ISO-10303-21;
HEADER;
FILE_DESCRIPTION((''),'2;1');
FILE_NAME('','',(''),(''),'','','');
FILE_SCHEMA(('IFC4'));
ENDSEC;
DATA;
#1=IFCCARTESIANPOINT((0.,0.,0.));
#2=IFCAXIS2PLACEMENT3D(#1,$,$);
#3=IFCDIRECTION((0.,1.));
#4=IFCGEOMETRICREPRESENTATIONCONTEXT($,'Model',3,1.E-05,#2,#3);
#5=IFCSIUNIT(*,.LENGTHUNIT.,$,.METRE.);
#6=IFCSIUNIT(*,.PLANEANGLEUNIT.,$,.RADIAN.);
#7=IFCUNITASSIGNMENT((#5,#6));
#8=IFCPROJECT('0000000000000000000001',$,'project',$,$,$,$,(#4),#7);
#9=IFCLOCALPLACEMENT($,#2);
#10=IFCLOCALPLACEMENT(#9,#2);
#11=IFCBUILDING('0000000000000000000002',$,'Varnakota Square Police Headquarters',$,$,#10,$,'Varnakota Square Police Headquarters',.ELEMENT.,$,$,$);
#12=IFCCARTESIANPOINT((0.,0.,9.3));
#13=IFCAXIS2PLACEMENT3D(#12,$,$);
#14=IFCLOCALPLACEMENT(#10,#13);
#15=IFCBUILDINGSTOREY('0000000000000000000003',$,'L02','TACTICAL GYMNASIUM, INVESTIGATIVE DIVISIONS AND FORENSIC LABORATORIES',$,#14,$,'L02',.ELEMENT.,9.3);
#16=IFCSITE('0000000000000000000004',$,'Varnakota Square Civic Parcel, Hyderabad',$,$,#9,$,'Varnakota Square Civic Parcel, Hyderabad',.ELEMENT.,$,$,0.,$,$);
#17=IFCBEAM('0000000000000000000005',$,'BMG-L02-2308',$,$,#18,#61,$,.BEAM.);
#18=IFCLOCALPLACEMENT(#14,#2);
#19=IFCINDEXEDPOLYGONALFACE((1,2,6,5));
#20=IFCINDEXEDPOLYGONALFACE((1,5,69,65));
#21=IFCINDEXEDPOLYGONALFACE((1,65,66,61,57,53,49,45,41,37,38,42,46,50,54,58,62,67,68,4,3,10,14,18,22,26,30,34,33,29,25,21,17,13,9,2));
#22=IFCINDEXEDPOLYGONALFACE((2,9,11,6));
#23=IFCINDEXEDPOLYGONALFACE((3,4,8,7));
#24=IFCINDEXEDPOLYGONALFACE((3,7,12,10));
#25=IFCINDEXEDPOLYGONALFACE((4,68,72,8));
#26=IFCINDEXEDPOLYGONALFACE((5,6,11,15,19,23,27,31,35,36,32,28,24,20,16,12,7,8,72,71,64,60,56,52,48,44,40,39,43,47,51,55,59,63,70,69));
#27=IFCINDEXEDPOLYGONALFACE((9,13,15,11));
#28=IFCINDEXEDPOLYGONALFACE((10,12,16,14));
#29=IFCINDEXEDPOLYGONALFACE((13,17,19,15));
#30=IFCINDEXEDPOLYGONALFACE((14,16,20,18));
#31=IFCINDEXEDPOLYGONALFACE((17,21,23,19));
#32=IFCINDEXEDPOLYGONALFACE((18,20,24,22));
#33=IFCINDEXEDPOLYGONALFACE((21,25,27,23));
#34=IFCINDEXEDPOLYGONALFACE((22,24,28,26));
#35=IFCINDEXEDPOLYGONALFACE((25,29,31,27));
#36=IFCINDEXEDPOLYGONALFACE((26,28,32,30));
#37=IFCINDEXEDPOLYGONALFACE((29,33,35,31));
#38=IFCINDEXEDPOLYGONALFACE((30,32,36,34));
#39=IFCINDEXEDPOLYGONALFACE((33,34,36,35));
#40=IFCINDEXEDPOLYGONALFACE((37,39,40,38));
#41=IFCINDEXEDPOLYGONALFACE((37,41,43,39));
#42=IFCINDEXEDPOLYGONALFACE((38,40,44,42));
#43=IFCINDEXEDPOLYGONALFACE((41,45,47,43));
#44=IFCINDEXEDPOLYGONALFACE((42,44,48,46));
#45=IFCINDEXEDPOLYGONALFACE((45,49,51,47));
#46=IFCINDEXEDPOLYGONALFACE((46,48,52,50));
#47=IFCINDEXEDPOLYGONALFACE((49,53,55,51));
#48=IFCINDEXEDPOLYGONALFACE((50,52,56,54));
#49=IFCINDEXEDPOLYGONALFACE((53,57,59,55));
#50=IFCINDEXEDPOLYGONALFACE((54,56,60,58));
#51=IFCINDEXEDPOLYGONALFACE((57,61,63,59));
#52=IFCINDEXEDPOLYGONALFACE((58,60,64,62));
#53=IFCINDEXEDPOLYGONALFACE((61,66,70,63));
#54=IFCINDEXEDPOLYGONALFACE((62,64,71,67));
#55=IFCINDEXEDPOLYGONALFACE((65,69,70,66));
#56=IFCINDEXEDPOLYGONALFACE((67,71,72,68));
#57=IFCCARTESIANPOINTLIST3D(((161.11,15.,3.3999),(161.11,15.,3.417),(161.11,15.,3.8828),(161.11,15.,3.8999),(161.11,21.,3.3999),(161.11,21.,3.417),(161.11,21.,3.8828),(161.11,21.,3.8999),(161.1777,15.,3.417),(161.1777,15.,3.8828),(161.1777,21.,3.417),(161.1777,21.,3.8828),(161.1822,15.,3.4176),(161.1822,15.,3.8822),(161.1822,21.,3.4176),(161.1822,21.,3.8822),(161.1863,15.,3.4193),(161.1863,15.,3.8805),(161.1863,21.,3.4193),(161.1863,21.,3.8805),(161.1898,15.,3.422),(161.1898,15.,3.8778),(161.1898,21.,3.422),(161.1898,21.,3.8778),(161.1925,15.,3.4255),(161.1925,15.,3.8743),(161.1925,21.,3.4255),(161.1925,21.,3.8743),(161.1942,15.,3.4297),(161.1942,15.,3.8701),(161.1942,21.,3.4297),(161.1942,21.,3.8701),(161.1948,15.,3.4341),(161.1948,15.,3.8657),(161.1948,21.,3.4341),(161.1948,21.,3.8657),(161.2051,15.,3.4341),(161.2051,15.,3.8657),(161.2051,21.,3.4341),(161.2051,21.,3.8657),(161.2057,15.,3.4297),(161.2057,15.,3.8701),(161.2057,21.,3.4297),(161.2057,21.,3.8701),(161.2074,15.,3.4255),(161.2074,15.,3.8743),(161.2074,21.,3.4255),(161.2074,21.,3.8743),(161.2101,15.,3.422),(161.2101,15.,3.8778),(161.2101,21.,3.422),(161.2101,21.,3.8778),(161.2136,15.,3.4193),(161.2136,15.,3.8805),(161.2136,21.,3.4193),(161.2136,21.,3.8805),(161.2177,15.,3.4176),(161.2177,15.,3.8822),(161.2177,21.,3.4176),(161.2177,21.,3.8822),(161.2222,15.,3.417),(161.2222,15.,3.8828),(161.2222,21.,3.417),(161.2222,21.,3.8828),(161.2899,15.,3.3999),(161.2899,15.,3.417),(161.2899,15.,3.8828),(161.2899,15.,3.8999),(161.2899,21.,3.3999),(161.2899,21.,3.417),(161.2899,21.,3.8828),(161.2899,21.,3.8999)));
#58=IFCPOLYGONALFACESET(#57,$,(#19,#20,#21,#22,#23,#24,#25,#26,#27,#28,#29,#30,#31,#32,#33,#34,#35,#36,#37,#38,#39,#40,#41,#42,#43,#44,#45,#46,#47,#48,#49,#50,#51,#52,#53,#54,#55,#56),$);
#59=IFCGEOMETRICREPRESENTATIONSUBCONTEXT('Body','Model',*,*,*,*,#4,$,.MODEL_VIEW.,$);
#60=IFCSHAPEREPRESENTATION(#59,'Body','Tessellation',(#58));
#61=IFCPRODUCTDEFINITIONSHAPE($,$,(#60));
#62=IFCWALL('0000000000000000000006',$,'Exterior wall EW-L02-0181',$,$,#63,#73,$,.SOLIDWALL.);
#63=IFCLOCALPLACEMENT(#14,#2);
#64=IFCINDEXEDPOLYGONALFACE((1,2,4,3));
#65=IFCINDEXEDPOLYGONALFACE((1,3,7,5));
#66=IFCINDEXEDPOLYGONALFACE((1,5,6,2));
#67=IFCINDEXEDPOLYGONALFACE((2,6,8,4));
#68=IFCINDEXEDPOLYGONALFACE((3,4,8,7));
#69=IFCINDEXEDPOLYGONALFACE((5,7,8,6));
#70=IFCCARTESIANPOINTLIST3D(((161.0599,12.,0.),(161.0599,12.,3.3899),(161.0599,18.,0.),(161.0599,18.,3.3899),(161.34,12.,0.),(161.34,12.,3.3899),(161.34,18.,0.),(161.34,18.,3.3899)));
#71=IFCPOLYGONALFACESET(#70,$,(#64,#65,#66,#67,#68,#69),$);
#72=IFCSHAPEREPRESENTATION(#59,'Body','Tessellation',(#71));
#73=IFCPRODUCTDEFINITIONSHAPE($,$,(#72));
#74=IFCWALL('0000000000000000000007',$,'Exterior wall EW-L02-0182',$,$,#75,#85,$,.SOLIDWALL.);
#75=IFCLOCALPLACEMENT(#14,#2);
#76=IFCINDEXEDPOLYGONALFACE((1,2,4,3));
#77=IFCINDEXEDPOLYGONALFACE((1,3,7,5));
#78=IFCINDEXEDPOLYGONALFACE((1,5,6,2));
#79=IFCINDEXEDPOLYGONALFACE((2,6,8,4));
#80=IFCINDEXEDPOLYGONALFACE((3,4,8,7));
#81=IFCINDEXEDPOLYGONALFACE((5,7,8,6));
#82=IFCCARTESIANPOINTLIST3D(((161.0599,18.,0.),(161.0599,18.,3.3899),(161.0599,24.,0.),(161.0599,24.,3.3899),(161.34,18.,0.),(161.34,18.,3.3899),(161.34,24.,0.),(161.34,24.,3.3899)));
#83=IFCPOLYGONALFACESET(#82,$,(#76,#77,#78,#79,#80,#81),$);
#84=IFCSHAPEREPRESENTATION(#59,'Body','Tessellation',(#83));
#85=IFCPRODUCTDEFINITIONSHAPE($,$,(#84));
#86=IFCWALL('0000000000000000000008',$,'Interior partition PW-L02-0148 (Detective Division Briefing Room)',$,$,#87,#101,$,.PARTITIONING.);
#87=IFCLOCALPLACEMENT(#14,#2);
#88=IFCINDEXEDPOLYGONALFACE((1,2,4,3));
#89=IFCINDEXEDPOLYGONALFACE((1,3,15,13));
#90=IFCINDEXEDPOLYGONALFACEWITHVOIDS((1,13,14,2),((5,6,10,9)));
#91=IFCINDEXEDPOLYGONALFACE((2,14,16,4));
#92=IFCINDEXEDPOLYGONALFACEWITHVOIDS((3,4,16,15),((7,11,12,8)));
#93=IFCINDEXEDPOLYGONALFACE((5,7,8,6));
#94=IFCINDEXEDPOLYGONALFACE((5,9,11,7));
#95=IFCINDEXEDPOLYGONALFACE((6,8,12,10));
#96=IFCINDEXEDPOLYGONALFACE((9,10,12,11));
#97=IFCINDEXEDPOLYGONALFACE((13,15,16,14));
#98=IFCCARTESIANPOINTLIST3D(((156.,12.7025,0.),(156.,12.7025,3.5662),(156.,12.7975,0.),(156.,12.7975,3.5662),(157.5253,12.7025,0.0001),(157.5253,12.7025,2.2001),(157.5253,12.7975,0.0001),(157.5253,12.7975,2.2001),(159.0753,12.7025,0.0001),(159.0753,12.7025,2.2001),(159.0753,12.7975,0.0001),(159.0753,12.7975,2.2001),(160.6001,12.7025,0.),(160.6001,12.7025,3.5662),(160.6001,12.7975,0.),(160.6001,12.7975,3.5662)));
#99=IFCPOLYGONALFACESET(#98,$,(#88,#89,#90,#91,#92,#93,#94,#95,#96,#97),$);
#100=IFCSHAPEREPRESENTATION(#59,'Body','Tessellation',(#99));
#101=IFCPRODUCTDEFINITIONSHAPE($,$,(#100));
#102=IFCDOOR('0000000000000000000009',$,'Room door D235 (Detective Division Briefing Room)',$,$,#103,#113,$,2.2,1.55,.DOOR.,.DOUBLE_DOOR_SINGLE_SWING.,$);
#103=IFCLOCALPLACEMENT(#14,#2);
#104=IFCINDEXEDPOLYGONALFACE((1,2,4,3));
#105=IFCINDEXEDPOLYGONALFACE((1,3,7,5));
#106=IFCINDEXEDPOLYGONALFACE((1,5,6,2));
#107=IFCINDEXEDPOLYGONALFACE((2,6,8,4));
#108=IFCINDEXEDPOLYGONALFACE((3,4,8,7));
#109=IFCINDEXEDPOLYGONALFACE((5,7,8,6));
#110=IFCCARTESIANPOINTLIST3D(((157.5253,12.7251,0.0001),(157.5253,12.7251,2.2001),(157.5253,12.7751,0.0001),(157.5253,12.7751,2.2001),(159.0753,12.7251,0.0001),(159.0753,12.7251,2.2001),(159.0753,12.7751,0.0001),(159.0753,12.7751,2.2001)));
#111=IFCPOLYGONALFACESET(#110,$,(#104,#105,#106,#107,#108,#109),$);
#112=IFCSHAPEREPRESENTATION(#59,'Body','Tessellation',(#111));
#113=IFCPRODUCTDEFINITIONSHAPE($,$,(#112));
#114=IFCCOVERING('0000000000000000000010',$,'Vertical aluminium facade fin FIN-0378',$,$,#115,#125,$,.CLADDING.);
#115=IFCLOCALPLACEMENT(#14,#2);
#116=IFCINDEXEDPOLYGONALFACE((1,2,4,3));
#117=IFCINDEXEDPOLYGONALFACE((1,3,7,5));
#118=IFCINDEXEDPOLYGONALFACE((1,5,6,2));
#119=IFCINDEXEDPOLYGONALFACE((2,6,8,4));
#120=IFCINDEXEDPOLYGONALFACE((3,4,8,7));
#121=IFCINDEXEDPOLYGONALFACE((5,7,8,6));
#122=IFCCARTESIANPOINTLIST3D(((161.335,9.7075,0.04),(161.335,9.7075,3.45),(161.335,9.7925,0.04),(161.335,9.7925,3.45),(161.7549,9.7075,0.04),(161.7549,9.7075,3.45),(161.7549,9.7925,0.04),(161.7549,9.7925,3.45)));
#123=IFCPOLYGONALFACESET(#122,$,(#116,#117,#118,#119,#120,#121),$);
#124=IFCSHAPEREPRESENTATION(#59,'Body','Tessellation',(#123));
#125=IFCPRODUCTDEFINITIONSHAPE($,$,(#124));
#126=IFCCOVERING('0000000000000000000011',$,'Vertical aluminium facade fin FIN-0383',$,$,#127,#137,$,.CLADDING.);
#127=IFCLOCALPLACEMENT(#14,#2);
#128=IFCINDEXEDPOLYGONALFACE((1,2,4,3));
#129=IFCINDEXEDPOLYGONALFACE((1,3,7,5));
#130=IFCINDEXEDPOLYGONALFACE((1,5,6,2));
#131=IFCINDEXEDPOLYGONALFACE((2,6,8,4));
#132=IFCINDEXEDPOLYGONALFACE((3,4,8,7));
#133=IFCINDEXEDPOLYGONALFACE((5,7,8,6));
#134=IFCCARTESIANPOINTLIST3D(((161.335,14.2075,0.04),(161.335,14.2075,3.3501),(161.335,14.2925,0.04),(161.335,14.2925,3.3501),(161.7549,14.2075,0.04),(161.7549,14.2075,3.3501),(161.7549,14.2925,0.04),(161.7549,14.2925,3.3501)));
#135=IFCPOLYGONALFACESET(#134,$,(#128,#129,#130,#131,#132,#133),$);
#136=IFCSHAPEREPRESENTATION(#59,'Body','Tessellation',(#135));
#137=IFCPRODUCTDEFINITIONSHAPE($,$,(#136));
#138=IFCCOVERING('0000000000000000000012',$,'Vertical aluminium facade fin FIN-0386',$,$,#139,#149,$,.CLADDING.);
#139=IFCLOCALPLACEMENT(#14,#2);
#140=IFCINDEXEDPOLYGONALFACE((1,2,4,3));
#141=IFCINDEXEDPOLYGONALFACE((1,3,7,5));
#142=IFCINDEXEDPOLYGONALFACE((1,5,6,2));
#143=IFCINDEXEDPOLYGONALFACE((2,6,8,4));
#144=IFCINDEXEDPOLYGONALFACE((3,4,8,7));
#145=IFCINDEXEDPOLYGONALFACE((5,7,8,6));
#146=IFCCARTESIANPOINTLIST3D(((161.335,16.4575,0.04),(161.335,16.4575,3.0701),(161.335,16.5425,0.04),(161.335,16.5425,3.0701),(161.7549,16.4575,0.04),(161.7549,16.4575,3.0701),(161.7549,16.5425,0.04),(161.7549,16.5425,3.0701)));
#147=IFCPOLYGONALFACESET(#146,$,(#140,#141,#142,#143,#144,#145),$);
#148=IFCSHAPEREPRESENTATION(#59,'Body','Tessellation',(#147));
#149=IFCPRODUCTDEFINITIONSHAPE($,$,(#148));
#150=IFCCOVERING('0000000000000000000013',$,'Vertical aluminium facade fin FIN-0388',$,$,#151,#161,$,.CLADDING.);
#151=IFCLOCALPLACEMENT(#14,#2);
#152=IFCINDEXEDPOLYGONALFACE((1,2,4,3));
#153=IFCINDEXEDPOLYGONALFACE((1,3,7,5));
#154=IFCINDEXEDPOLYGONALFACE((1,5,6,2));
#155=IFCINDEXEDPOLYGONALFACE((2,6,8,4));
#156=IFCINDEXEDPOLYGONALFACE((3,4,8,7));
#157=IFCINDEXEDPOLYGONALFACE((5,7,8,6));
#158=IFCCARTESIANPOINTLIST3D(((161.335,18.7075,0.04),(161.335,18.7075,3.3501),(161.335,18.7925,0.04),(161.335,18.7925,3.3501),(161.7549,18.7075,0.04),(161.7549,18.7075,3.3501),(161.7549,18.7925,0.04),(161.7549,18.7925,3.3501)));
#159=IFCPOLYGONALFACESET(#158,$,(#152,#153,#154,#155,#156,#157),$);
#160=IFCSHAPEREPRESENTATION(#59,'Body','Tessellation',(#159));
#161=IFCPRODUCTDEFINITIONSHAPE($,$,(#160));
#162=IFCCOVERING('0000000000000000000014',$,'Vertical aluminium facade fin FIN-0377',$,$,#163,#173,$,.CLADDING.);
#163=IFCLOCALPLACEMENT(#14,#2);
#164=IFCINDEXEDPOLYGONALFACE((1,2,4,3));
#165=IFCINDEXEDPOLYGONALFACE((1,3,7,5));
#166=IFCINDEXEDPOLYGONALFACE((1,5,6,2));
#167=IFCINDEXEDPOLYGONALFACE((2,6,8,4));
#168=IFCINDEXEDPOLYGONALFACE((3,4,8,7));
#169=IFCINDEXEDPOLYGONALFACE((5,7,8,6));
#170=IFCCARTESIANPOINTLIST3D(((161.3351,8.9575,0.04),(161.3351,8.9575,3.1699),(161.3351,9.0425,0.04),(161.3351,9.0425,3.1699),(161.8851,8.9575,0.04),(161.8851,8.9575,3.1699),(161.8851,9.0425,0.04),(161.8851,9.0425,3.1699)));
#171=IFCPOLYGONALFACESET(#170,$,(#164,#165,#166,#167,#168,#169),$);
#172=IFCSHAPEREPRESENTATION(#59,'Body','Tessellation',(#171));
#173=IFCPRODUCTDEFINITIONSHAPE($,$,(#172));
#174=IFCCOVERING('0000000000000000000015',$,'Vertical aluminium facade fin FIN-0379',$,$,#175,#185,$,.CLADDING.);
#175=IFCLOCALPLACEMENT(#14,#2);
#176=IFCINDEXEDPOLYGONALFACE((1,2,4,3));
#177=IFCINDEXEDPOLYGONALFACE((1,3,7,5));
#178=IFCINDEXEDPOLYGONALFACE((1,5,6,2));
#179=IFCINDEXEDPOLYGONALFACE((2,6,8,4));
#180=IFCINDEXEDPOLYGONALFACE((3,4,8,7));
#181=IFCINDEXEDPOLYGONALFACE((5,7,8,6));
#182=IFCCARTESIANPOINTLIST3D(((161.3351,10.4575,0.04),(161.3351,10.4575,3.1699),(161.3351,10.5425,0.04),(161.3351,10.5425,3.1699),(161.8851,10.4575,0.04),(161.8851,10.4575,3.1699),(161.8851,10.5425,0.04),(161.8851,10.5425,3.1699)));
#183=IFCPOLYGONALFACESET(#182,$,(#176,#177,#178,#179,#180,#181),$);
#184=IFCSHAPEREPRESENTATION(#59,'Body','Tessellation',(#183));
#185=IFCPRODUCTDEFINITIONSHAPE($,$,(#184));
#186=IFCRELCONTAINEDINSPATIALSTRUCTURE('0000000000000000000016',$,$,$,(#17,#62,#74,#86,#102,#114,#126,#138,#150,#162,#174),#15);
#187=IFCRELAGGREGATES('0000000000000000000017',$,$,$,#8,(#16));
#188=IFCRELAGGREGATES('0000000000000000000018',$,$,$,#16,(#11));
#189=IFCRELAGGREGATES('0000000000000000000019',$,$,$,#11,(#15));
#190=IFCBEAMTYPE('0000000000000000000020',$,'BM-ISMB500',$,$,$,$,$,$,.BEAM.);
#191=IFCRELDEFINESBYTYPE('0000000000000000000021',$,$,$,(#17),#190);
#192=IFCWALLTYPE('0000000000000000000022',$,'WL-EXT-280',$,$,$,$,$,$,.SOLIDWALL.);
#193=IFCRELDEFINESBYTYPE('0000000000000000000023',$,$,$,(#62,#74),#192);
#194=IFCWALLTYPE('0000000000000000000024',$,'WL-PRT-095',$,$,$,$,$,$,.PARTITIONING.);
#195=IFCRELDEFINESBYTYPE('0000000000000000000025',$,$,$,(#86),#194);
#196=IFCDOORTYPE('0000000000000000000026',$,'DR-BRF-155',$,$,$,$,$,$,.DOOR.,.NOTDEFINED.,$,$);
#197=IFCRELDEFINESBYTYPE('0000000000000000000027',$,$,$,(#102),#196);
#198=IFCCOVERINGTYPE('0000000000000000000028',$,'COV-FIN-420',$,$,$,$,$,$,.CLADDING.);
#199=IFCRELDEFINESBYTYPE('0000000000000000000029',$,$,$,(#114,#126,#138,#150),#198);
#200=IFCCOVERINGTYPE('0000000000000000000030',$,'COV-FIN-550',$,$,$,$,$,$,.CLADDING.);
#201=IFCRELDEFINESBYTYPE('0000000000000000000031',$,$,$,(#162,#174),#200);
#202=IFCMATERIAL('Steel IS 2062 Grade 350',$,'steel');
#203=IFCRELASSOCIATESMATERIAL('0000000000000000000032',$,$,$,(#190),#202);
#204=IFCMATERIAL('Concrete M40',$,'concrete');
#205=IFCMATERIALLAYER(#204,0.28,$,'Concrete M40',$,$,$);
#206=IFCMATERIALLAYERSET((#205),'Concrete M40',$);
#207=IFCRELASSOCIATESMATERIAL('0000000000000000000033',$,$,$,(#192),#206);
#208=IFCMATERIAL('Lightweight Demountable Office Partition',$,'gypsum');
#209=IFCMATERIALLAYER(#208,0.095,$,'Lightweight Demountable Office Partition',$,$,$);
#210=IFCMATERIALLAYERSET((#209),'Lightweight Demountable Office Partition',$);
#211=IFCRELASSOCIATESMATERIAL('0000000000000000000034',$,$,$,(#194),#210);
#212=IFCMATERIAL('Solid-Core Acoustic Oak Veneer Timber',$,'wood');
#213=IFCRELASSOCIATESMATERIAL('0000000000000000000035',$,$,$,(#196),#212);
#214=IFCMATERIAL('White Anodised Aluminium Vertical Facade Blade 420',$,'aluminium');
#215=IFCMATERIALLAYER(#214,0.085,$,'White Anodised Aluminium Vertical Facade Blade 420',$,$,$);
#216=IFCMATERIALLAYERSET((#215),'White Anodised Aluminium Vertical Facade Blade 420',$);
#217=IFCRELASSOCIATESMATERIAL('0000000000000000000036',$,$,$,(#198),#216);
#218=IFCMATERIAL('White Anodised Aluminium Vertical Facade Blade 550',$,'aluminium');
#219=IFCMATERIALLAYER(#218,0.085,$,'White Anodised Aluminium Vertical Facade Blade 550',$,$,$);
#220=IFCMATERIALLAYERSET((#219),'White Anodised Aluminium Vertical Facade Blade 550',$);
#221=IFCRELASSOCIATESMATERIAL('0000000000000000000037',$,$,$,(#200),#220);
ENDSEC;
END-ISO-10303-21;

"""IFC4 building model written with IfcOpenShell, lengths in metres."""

from ifc_helpers import new_model, si_unit, direction, frame, frame_2d, origin, origin_2d, place, context, subcontext, project, spatial, rectangle, i_section, extrude, material, layer, layer_set, material_profile, profile_set, type_object, element, fill, save


model = new_model("IFC4")

# Units and contexts
model_context = context("Model", 3, precision=1e-05, world=origin(), true_north=direction((0.0, 1.0)))
body_context = subcontext(model_context, "Body", "Model", "MODEL_VIEW")
ifc_project = project(units=[si_unit("LENGTHUNIT", "METRE"), si_unit("PLANEANGLEUNIT", "RADIAN")], contexts=[model_context])

# Site, building, storey
site_placement = place(None, origin())
site = spatial("IfcSite", under=ifc_project, at=site_placement, Name="Varnakota Square Civic Parcel, Hyderabad", LongName="Varnakota Square Civic Parcel, Hyderabad", CompositionType="ELEMENT", RefElevation=0.0)
building_placement = place(site_placement, origin())
building = spatial("IfcBuilding", under=site, at=building_placement, Name="Varnakota Square Police Headquarters", LongName="Varnakota Square Police Headquarters", CompositionType="ELEMENT")
storey_placement = place(building_placement, frame((0.0, 0.0, 9.3)))
storey = spatial("IfcBuildingStorey", under=building, at=storey_placement, Name="L02", Description="TACTICAL GYMNASIUM, INVESTIGATIVE DIVISIONS AND FORENSIC LABORATORIES", LongName="L02", CompositionType="ELEMENT", Elevation=9.3)

# Shared definitions
ifc_material_1 = material(Name="Steel IS 2062 Grade 350", Category="steel")

# Beam
ifc_material_profile_1 = material_profile(ifc_material_1, i_section(OverallWidth=0.1799, OverallDepth=0.5, WebThickness=0.0103, FlangeThickness=0.0171, FilletRadius=0.0171, at=origin_2d()), Name="ISMB 500")
ifc_profile_set_1 = profile_set([ifc_material_profile_1], Name="Steel IS 2062 Grade 350")
beam_type_1 = type_object("IfcBeamType", Name="BM-ISMB500", PredefinedType="BEAM", material=ifc_profile_set_1)
beam_1_placement = place(storey_placement, frame((161.2, 15.0, 3.6499), z_axis=(0.0, 1.0, 0.0), x_axis=(-1.0, 0.0, 0.0)))
element("IfcBeam", 1, at=beam_1_placement, inside=storey, type_object=beam_type_1, Name="BMG-L02-2308", PredefinedType="BEAM", context=body_context, shape_type="SweptSolid", body=[
    extrude(i_section(OverallWidth=0.1799, OverallDepth=0.5, WebThickness=0.0103, FlangeThickness=0.0171, FilletRadius=0.0171, at=origin_2d()), origin(), (0.0, 0.0, 1.0), 6.0),
])

# Walls
ifc_material_2 = material(Name="Concrete M40", Category="concrete")
ifc_layer_1 = layer(ifc_material_2, 0.28, Name="Concrete M40")
ifc_layer_set_1 = layer_set([ifc_layer_1], Name="Concrete M40")
wall_type_1 = type_object("IfcWallType", Name="WL-EXT-280", PredefinedType="SOLIDWALL", material=ifc_layer_set_1)
for number, where, z_axis, x_axis, name in (
    (2, (161.2, 12.0, 0.0), (0.0, 0.0, 1.0), (0.0, 1.0, 0.0), "Exterior wall EW-L02-0181"),
    (3, (161.2, 18.0, 0.0), (0.0, 0.0, 1.0), (0.0, 1.0, 0.0), "Exterior wall EW-L02-0182"),
):
    element("IfcWall", number, at=place(storey_placement, frame(where, z_axis=z_axis, x_axis=x_axis)), inside=storey, type_object=wall_type_1, Name=name, PredefinedType="SOLIDWALL", context=body_context, shape_type="SweptSolid", body=[
        extrude(rectangle(XDim=6.0, YDim=0.28, at=frame_2d((3.0, 0.0))), origin(), (0.0, 0.0, 1.0), 3.3899),
    ])

# Wall, opening, door
ifc_material_3 = material(Name="Lightweight Demountable Office Partition", Category="gypsum")
ifc_layer_2 = layer(ifc_material_3, 0.095, Name="Lightweight Demountable Office Partition")
ifc_layer_set_2 = layer_set([ifc_layer_2], Name="Lightweight Demountable Office Partition")
wall_type_2 = type_object("IfcWallType", Name="WL-PRT-095", PredefinedType="PARTITIONING", material=ifc_layer_set_2)
wall_placement = place(storey_placement, frame((160.6001, 12.75, 0.0), z_axis=(0.0, 0.0, 1.0), x_axis=(-1.0, 0.0, 0.0)))
wall = element("IfcWall", 4, at=wall_placement, inside=storey, type_object=wall_type_2, Name="Interior partition PW-L02-0148 (Detective Division Briefing Room)", PredefinedType="PARTITIONING", context=body_context, shape_type="SweptSolid", body=[
    extrude(rectangle(XDim=4.6001, YDim=0.095, at=frame_2d((2.3, 0.0))), origin(), (0.0, 0.0, 1.0), 3.5662),
])
opening_placement = place(wall_placement, frame((1.5249, 0.0, 0.0)))
opening = element("IfcOpeningElement", 5, at=opening_placement, cuts=wall, PredefinedType="OPENING", context=body_context, shape_type="SweptSolid", body=[
    extrude(rectangle(XDim=1.55, YDim=2.2, at=frame_2d((0.7749, 1.1001))), frame((0.0, 0.0574, 0.0), z_axis=(0.0, -1.0, 0.0), x_axis=(1.0, 0.0, 0.0)), (0.0, 0.0, 1.0), 0.115),
])
ifc_material_4 = material(Name="Solid-Core Acoustic Oak Veneer Timber", Category="wood")
door_type = type_object("IfcDoorType", Name="DR-BRF-155", OperationType="NOTDEFINED", PredefinedType="DOOR", material=ifc_material_4)
door_placement = place(opening_placement, origin())
door = element("IfcDoor", 6, at=door_placement, inside=storey, type_object=door_type, Name="Room door D235 (Detective Division Briefing Room)", OperationType="DOUBLE_DOOR_SINGLE_SWING", OverallHeight=2.2, OverallWidth=1.55, PredefinedType="DOOR", context=body_context, shape_type="SweptSolid", body=[
    extrude(rectangle(XDim=1.55, YDim=2.2, at=frame_2d((0.7749, 1.1001))), frame((0.0, 0.0249, 0.0), z_axis=(0.0, -1.0, 0.0), x_axis=(1.0, 0.0, 0.0)), (0.0, 0.0, 1.0), 0.05),
])
fill(opening, door)

# Coverings
ifc_material_5 = material(Name="White Anodised Aluminium Vertical Facade Blade 420", Category="aluminium")
ifc_layer_3 = layer(ifc_material_5, 0.085, Name="White Anodised Aluminium Vertical Facade Blade 420")
ifc_layer_set_3 = layer_set([ifc_layer_3], Name="White Anodised Aluminium Vertical Facade Blade 420")
covering_type_1 = type_object("IfcCoveringType", Name="COV-FIN-420", PredefinedType="CLADDING", material=ifc_layer_set_3)
covering_1_placement = place(storey_placement, frame((161.5449, 9.75, 0.04), z_axis=(0.0, 0.0, 1.0), x_axis=(0.0, 1.0, 0.0)))
element("IfcCovering", 7, at=covering_1_placement, inside=storey, type_object=covering_type_1, Name="Vertical aluminium facade fin FIN-0378", PredefinedType="CLADDING", context=body_context, shape_type="SweptSolid", body=[
    extrude(rectangle(XDim=0.085, YDim=0.4199, at=origin_2d()), origin(), (0.0, 0.0, 1.0), 3.4099),
])
covering_2_placement = place(storey_placement, frame((161.5449, 14.25, 0.04), z_axis=(0.0, 0.0, 1.0), x_axis=(0.0, 1.0, 0.0)))
element("IfcCovering", 8, at=covering_2_placement, inside=storey, type_object=covering_type_1, Name="Vertical aluminium facade fin FIN-0383", PredefinedType="CLADDING", context=body_context, shape_type="SweptSolid", body=[
    extrude(rectangle(XDim=0.085, YDim=0.4199, at=origin_2d()), origin(), (0.0, 0.0, 1.0), 3.3101),
])
covering_3_placement = place(storey_placement, frame((161.5449, 16.5, 0.04), z_axis=(0.0, 0.0, 1.0), x_axis=(0.0, 1.0, 0.0)))
element("IfcCovering", 9, at=covering_3_placement, inside=storey, type_object=covering_type_1, Name="Vertical aluminium facade fin FIN-0386", PredefinedType="CLADDING", context=body_context, shape_type="SweptSolid", body=[
    extrude(rectangle(XDim=0.085, YDim=0.4199, at=origin_2d()), origin(), (0.0, 0.0, 1.0), 3.03),
])
covering_4_placement = place(storey_placement, frame((161.5449, 18.75, 0.04), z_axis=(0.0, 0.0, 1.0), x_axis=(0.0, 1.0, 0.0)))
element("IfcCovering", 10, at=covering_4_placement, inside=storey, type_object=covering_type_1, Name="Vertical aluminium facade fin FIN-0388", PredefinedType="CLADDING", context=body_context, shape_type="SweptSolid", body=[
    extrude(rectangle(XDim=0.085, YDim=0.4199, at=origin_2d()), origin(), (0.0, 0.0, 1.0), 3.3101),
])
ifc_material_6 = material(Name="White Anodised Aluminium Vertical Facade Blade 550", Category="aluminium")
ifc_layer_4 = layer(ifc_material_6, 0.085, Name="White Anodised Aluminium Vertical Facade Blade 550")
ifc_layer_set_4 = layer_set([ifc_layer_4], Name="White Anodised Aluminium Vertical Facade Blade 550")
covering_type_2 = type_object("IfcCoveringType", Name="COV-FIN-550", PredefinedType="CLADDING", material=ifc_layer_set_4)
for number, where, z_axis, x_axis, name in (
    (11, (161.6101, 9.0, 0.04), (0.0, 0.0, 1.0), (0.0, 1.0, 0.0), "Vertical aluminium facade fin FIN-0377"),
    (12, (161.6101, 10.5, 0.04), (0.0, 0.0, 1.0), (0.0, 1.0, 0.0), "Vertical aluminium facade fin FIN-0379"),
):
    element("IfcCovering", number, at=place(storey_placement, frame(where, z_axis=z_axis, x_axis=x_axis)), inside=storey, type_object=covering_type_2, Name=name, PredefinedType="CLADDING", context=body_context, shape_type="SweptSolid", body=[
        extrude(rectangle(XDim=0.085, YDim=0.55, at=origin_2d()), origin(), (0.0, 0.0, 1.0), 3.1299),
    ])

save(model, "model.ifc")
